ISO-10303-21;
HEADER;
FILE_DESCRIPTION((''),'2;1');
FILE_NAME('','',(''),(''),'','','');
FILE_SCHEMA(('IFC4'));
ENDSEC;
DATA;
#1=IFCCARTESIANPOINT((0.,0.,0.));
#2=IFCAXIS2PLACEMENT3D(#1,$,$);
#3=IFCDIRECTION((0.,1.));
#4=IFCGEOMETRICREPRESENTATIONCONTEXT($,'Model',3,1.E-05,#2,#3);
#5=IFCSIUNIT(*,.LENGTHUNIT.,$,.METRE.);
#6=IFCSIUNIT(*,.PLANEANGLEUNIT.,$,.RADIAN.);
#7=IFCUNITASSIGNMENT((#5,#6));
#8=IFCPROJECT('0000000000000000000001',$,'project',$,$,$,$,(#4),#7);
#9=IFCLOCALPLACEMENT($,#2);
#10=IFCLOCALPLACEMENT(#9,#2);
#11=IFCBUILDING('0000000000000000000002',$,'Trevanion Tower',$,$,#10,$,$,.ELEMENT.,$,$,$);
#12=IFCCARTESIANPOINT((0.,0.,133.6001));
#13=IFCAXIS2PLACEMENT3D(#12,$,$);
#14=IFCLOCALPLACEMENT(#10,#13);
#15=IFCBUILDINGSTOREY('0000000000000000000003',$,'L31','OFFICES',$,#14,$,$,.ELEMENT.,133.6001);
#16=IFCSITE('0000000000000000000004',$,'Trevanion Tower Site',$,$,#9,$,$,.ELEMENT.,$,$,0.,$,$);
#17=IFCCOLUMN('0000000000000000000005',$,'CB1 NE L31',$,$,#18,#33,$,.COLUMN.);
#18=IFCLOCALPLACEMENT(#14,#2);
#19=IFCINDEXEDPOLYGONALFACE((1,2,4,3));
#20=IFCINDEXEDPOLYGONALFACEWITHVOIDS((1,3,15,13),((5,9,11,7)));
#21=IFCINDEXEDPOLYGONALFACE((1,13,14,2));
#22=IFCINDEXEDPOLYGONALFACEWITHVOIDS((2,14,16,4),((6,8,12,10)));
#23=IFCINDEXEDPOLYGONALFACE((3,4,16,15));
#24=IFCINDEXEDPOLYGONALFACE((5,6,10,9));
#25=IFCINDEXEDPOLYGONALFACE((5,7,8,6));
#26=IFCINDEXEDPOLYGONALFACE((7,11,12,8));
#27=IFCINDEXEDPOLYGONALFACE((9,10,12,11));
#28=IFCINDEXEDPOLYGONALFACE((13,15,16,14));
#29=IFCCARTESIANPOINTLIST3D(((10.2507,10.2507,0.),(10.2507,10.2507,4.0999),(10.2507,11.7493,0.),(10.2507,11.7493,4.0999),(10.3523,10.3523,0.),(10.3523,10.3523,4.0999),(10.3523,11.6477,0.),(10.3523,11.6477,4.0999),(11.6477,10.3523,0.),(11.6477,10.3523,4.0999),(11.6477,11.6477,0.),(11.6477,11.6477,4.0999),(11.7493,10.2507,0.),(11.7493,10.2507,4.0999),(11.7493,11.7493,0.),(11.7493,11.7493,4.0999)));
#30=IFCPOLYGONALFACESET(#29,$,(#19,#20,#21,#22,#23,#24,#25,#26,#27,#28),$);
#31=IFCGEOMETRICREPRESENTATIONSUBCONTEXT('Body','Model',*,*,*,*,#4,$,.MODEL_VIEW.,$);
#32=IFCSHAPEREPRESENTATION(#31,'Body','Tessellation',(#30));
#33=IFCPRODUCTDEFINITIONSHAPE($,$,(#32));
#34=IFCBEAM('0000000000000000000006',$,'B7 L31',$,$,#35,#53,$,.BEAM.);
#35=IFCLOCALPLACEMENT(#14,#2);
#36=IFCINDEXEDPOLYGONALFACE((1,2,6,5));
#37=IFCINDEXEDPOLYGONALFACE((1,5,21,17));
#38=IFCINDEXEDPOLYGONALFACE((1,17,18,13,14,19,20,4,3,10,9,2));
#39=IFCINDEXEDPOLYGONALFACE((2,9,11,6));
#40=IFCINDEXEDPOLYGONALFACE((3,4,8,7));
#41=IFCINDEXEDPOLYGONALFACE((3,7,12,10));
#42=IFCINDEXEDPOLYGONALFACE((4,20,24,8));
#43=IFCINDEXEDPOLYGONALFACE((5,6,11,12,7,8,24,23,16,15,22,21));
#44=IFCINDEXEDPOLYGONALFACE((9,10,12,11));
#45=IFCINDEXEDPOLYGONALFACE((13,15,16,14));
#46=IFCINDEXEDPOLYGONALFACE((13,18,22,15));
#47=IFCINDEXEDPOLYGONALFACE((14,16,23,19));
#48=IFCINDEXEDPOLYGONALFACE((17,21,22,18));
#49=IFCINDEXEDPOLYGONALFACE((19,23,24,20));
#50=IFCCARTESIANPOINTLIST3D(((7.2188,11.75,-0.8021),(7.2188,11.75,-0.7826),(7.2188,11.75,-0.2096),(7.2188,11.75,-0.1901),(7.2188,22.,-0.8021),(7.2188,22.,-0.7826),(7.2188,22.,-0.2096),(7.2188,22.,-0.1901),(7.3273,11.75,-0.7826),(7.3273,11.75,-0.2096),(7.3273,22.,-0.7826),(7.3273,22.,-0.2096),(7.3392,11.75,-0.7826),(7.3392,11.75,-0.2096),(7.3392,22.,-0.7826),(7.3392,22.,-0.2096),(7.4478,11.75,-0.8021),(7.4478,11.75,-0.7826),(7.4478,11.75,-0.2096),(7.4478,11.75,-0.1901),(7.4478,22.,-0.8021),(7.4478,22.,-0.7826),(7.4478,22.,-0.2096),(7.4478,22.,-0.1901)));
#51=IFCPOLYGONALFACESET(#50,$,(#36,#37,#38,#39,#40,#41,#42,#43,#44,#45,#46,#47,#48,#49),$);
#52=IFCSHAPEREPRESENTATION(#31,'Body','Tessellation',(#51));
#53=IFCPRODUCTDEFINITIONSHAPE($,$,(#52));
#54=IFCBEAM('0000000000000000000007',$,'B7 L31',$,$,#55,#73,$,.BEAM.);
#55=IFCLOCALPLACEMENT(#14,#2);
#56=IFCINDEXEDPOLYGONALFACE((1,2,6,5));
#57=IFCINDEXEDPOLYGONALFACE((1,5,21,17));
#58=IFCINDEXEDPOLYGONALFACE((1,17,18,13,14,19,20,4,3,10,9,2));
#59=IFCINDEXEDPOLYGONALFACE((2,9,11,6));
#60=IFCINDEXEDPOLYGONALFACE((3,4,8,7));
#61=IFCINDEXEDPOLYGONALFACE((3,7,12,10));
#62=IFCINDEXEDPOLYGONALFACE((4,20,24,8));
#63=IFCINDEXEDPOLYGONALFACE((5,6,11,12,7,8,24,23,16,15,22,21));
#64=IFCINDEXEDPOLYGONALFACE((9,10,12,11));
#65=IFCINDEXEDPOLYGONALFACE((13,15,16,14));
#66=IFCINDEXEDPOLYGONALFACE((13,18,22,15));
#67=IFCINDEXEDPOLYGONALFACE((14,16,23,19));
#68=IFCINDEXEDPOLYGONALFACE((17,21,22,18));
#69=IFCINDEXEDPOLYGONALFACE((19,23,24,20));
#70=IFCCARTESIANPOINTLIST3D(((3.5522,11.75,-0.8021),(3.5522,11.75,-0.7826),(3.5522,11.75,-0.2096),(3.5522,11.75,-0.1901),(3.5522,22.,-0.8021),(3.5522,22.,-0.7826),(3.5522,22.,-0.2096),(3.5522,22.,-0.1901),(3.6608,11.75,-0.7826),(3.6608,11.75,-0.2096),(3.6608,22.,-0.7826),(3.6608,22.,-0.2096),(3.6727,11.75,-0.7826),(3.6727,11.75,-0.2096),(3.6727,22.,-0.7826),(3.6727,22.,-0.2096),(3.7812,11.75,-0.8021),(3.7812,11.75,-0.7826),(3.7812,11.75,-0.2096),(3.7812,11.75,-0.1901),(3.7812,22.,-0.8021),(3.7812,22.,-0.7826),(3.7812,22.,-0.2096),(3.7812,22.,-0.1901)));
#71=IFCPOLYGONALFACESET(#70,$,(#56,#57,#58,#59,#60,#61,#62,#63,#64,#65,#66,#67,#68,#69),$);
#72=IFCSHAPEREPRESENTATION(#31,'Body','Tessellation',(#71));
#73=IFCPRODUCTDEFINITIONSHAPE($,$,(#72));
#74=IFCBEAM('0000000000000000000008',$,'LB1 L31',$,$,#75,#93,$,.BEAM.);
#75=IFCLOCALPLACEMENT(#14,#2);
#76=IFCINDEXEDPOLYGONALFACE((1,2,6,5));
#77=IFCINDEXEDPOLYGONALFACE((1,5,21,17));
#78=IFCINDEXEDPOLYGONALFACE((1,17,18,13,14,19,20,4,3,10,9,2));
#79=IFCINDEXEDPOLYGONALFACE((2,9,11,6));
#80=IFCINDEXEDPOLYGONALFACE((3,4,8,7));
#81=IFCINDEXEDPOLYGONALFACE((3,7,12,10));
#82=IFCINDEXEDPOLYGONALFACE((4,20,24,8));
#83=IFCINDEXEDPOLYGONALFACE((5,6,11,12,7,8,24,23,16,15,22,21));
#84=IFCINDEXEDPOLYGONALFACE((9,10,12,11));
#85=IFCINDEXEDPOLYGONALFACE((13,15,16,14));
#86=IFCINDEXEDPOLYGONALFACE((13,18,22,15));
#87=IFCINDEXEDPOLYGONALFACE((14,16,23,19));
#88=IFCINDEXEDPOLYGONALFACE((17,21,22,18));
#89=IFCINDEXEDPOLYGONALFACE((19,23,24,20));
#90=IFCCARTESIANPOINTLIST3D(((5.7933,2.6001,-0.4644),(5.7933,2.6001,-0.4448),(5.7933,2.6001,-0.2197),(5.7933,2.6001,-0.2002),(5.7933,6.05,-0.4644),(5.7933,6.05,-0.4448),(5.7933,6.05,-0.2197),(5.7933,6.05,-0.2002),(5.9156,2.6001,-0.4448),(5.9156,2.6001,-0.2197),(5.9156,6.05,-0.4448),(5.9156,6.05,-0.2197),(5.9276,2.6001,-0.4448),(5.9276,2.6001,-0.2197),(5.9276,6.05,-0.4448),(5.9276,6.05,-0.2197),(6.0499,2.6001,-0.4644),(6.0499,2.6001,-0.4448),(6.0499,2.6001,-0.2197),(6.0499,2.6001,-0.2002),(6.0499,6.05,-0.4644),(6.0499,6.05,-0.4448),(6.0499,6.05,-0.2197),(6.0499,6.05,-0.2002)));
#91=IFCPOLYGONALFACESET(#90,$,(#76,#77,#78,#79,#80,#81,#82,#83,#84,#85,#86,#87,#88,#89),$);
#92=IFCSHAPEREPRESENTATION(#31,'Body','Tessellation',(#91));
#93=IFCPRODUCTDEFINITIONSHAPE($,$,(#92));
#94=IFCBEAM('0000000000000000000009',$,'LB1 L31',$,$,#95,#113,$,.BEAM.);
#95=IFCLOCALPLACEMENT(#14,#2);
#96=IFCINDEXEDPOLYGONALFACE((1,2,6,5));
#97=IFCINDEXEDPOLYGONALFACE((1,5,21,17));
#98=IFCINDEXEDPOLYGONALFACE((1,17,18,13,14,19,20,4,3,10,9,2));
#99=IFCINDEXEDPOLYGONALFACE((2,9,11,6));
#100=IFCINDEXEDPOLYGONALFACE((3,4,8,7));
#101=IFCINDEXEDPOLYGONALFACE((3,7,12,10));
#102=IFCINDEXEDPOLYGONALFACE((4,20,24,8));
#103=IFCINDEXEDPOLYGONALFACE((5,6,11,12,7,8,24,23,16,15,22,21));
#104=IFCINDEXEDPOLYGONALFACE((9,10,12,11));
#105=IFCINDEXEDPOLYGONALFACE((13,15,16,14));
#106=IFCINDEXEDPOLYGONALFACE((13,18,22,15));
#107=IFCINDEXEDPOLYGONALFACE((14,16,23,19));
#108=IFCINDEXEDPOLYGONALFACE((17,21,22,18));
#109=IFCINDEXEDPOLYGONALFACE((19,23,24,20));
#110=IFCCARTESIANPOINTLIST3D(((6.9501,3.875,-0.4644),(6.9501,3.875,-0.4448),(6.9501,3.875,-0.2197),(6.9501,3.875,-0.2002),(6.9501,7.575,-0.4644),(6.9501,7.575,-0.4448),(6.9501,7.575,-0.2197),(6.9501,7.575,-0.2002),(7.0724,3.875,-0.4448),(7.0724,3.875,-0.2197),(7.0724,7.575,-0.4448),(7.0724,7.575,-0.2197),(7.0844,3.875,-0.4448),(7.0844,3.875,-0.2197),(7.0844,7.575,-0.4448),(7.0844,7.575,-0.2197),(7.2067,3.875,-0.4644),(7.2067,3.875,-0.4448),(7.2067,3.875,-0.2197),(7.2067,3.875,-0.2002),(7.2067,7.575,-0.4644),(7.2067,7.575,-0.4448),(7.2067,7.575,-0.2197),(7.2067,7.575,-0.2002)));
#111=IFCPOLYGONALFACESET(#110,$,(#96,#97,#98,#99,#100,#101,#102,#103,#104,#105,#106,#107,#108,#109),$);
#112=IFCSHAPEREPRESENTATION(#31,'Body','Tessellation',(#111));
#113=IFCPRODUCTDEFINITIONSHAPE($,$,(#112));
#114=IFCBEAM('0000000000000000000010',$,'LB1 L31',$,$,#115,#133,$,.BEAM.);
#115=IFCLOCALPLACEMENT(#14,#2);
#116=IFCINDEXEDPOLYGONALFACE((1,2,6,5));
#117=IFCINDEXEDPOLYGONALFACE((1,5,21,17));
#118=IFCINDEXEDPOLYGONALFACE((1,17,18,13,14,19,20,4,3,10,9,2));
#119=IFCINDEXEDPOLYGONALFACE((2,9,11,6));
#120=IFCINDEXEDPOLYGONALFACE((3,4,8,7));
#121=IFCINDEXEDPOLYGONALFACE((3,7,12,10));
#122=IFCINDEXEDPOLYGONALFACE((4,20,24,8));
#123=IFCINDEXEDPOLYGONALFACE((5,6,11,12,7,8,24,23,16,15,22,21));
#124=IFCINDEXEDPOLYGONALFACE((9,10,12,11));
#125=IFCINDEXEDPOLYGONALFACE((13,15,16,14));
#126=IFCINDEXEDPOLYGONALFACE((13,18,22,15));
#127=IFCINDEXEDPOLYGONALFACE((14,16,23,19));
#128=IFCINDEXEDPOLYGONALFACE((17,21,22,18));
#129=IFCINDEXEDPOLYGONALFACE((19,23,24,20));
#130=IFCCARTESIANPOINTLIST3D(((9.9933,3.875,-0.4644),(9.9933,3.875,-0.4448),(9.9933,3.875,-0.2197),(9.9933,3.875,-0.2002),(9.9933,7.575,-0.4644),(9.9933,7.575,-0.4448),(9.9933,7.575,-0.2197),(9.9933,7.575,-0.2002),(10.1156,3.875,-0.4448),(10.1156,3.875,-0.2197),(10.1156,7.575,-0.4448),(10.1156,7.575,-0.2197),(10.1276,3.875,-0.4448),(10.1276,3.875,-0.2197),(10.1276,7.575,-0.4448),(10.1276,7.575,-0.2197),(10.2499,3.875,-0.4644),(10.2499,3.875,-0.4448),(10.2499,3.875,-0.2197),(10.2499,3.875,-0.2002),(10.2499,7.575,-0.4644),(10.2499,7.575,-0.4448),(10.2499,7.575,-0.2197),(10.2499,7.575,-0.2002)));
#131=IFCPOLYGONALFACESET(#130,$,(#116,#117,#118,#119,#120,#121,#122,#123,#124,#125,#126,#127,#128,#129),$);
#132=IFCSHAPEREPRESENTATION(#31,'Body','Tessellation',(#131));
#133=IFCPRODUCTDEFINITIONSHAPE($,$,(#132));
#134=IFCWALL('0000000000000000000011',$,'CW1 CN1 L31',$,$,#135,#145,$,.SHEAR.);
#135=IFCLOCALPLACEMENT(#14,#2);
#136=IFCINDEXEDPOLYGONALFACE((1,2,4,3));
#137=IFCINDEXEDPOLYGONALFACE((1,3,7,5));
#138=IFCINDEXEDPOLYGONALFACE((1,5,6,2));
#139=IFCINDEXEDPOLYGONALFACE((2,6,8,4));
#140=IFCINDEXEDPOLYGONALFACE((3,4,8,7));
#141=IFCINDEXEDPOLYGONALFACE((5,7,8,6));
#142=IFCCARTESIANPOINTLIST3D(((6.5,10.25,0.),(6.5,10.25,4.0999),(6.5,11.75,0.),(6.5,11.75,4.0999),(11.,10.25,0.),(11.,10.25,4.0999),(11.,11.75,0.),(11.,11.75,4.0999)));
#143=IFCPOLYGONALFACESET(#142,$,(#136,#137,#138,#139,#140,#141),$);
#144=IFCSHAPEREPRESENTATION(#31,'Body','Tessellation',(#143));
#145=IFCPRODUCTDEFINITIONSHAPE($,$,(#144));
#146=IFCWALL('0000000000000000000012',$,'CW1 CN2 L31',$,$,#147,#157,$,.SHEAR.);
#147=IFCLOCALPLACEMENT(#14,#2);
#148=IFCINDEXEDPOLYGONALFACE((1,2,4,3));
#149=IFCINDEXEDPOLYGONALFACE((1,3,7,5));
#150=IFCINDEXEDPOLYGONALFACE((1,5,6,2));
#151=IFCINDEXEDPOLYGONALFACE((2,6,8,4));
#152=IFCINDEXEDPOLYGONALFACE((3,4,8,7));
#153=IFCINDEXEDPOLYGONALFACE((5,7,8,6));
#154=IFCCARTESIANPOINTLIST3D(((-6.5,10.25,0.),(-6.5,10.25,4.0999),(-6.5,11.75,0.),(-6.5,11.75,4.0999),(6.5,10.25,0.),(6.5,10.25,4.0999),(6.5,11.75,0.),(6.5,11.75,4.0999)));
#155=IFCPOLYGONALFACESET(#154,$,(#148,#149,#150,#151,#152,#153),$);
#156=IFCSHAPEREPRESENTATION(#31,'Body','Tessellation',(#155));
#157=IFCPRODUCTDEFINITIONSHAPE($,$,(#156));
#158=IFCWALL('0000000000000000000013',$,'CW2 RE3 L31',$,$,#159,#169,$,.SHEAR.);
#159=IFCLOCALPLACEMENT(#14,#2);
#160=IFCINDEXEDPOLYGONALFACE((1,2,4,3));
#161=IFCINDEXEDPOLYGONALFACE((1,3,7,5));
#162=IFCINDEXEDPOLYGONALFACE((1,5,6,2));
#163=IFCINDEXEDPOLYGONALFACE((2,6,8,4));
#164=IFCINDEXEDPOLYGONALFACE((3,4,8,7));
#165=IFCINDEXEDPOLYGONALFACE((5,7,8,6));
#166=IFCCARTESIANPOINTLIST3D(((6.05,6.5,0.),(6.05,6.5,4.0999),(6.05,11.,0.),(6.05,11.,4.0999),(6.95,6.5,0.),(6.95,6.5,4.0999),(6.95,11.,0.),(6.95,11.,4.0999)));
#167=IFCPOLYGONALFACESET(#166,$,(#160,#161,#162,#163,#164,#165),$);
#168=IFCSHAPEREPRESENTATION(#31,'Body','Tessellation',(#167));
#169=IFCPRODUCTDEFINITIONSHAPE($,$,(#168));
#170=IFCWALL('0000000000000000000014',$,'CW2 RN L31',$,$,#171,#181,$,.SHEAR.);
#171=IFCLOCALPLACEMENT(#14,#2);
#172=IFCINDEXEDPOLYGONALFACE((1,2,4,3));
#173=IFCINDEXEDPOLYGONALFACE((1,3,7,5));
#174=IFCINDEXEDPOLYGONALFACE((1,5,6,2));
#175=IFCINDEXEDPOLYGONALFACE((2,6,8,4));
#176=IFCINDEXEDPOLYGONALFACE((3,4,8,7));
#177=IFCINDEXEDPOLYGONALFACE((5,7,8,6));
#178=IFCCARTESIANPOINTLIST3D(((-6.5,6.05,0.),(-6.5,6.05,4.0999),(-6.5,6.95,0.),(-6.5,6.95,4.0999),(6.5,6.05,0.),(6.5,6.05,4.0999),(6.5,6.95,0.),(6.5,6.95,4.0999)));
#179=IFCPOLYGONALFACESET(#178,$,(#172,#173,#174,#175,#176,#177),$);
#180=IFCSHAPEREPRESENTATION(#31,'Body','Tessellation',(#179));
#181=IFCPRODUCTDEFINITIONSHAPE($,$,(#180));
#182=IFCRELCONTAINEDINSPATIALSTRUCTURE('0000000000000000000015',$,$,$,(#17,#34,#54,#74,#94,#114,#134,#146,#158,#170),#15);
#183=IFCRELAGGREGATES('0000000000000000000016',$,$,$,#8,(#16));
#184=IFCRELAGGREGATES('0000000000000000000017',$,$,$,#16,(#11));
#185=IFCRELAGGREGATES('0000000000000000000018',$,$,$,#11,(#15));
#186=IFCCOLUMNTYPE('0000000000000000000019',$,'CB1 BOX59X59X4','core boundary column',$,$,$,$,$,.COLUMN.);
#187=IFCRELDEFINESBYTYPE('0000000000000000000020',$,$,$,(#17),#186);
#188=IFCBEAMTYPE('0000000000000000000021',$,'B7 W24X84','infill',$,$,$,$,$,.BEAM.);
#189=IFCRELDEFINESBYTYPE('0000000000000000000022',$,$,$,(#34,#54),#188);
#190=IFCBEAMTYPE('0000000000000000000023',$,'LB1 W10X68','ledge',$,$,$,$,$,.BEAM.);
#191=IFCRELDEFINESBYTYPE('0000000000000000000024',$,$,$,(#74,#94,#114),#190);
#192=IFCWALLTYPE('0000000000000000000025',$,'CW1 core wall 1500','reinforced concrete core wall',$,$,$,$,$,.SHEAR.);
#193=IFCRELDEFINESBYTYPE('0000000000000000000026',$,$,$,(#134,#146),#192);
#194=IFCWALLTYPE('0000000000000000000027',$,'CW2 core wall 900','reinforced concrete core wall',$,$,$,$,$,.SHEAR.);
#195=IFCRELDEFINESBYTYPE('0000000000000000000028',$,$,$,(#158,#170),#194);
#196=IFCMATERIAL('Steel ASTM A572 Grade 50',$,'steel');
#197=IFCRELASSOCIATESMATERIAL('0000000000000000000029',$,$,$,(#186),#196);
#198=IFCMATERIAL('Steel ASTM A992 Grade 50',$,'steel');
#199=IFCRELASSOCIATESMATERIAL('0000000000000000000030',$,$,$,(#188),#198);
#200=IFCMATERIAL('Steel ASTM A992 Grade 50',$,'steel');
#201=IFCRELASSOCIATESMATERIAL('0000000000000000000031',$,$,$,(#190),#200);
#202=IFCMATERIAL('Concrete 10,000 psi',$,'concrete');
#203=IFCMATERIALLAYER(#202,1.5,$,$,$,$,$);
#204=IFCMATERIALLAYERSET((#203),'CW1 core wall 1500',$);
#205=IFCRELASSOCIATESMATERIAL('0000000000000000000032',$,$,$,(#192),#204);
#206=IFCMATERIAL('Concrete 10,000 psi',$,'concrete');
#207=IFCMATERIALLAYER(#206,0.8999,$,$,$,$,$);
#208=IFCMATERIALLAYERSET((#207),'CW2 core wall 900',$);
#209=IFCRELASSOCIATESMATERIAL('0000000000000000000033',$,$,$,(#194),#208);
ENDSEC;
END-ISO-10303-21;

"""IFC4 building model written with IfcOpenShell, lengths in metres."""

from ifc_helpers import new_model, si_unit, direction, frame, frame_2d, origin, origin_2d, place, context, subcontext, project, spatial, rectangle, hollow_rectangle, i_section, extrude, material, layer, layer_set, material_profile, profile_set, type_object, element, save


model = new_model("IFC4")

# Units and contexts
model_context = context("Model", 3, precision=1e-05, world=origin(), true_north=direction((0.0, 1.0)))
body_context = subcontext(model_context, "Body", "Model", "MODEL_VIEW")
ifc_project = project(units=[si_unit("LENGTHUNIT", "METRE"), si_unit("PLANEANGLEUNIT", "RADIAN")], contexts=[model_context])

# Site, building, storey
site_placement = place(None, origin())
site = spatial("IfcSite", under=ifc_project, at=site_placement, Name="Trevanion Tower Site", CompositionType="ELEMENT", RefElevation=0.0)
building_placement = place(site_placement, origin())
building = spatial("IfcBuilding", under=site, at=building_placement, Name="Trevanion Tower", CompositionType="ELEMENT")
storey_placement = place(building_placement, frame((0.0, 0.0, 133.6001)))
storey = spatial("IfcBuildingStorey", under=building, at=storey_placement, Name="L31", Description="OFFICES", CompositionType="ELEMENT", Elevation=133.6001)

# Column
ifc_material_1 = material(Name="Steel ASTM A572 Grade 50", Category="steel")
ifc_material_profile_1 = material_profile(ifc_material_1, hollow_rectangle(XDim=1.4985, YDim=1.4985, WallThickness=0.1016, at=origin_2d()), Name="BOX59X59X4")
ifc_profile_set_1 = profile_set([ifc_material_profile_1], Name="Steel ASTM A572 Grade 50")
column_type = type_object("IfcColumnType", Name="CB1 BOX59X59X4", Description="core boundary column", PredefinedType="COLUMN", material=ifc_profile_set_1)
column_placement = place(storey_placement, frame((11.0, 11.0, 0.0), z_axis=(0.0, 0.0, 1.0), x_axis=(1.0, 0.0, 0.0)))
element("IfcColumn", 1, at=column_placement, inside=storey, type_object=column_type, Name="CB1 NE L31", PredefinedType="COLUMN", context=body_context, shape_type="SweptSolid", body=[
    extrude(hollow_rectangle(XDim=1.4985, YDim=1.4985, WallThickness=0.1016, at=origin_2d()), origin(), (0.0, 0.0, 1.0), 4.0999),
])

# Beams
ifc_material_2 = material(Name="Steel ASTM A992 Grade 50", Category="steel")
ifc_material_profile_2 = material_profile(ifc_material_2, i_section(OverallWidth=0.229, OverallDepth=0.6121, WebThickness=0.012, FlangeThickness=0.0195, at=origin_2d()), Name="W24X84")
ifc_profile_set_2 = profile_set([ifc_material_profile_2], Name="Steel ASTM A992 Grade 50")
beam_type_1 = type_object("IfcBeamType", Name="B7 W24X84", Description="infill", PredefinedType="BEAM", material=ifc_profile_set_2)
for number, where, z_axis, x_axis, name in (
    (2, (7.3333, 11.75, -0.4961), (0.0, 1.0, 0.0), (-1.0, 0.0, 0.0), "B7 L31"),
    (3, (3.6667, 11.75, -0.4961), (0.0, 1.0, 0.0), (-1.0, 0.0, 0.0), "B7 L31"),
):
    element("IfcBeam", number, at=place(storey_placement, frame(where, z_axis=z_axis, x_axis=x_axis)), inside=storey, type_object=beam_type_1, Name=name, PredefinedType="BEAM", context=body_context, shape_type="SweptSolid", body=[
        extrude(i_section(OverallWidth=0.229, OverallDepth=0.6121, WebThickness=0.012, FlangeThickness=0.0195, at=origin_2d()), origin(), (0.0, 0.0, 1.0), 10.25),
    ])
ifc_material_3 = material(Name="Steel ASTM A992 Grade 50", Category="steel")
ifc_material_profile_3 = material_profile(ifc_material_3, i_section(OverallWidth=0.2566, OverallDepth=0.2642, WebThickness=0.012, FlangeThickness=0.0195, at=origin_2d()), Name="W10X68")
ifc_profile_set_3 = profile_set([ifc_material_profile_3], Name="Steel ASTM A992 Grade 50")
beam_type_2 = type_object("IfcBeamType", Name="LB1 W10X68", Description="ledge", PredefinedType="BEAM", material=ifc_profile_set_3)
beam_placement = place(storey_placement, frame((5.9216, 2.6001, -0.3323), z_axis=(0.0, 1.0, 0.0), x_axis=(-1.0, 0.0, 0.0)))
element("IfcBeam", 4, at=beam_placement, inside=storey, type_object=beam_type_2, Name="LB1 L31", PredefinedType="BEAM", context=body_context, shape_type="SweptSolid", body=[
    extrude(i_section(OverallWidth=0.2566, OverallDepth=0.2642, WebThickness=0.012, FlangeThickness=0.0195, at=origin_2d()), origin(), (0.0, 0.0, 1.0), 3.45),
])
for number, where, z_axis, x_axis, name in (
    (5, (7.0784, 3.875, -0.3323), (0.0, 1.0, 0.0), (-1.0, 0.0, 0.0), "LB1 L31"),
    (6, (10.1216, 3.875, -0.3323), (0.0, 1.0, 0.0), (-1.0, 0.0, 0.0), "LB1 L31"),
):
    element("IfcBeam", number, at=place(storey_placement, frame(where, z_axis=z_axis, x_axis=x_axis)), inside=storey, type_object=beam_type_2, Name=name, PredefinedType="BEAM", context=body_context, shape_type="SweptSolid", body=[
        extrude(i_section(OverallWidth=0.2566, OverallDepth=0.2642, WebThickness=0.012, FlangeThickness=0.0195, at=origin_2d()), origin(), (0.0, 0.0, 1.0), 3.7),
    ])

# Walls
ifc_material_4 = material(Name="Concrete 10,000 psi", Category="concrete")
ifc_layer_1 = layer(ifc_material_4, 1.5)
ifc_layer_set_1 = layer_set([ifc_layer_1], Name="CW1 core wall 1500")
wall_type_1 = type_object("IfcWallType", Name="CW1 core wall 1500", Description="reinforced concrete core wall", PredefinedType="SHEAR", material=ifc_layer_set_1)
wall_1_placement = place(storey_placement, frame((11.0, 11.0, 0.0), z_axis=(0.0, 0.0, 1.0), x_axis=(-1.0, 0.0, 0.0)))
element("IfcWall", 7, at=wall_1_placement, inside=storey, type_object=wall_type_1, Name="CW1 CN1 L31", PredefinedType="SHEAR", context=body_context, shape_type="SweptSolid", body=[
    extrude(rectangle(XDim=4.5, YDim=1.5, at=frame_2d((2.25, 0.0))), origin(), (0.0, 0.0, 1.0), 4.0999),
])
wall_2_placement = place(storey_placement, frame((6.5, 11.0, 0.0), z_axis=(0.0, 0.0, 1.0), x_axis=(-1.0, 0.0, 0.0)))
element("IfcWall", 8, at=wall_2_placement, inside=storey, type_object=wall_type_1, Name="CW1 CN2 L31", PredefinedType="SHEAR", context=body_context, shape_type="SweptSolid", body=[
    extrude(rectangle(XDim=13.0, YDim=1.5, at=frame_2d((6.5, 0.0))), origin(), (0.0, 0.0, 1.0), 4.0999),
])
ifc_material_5 = material(Name="Concrete 10,000 psi", Category="concrete")
ifc_layer_2 = layer(ifc_material_5, 0.8999)
ifc_layer_set_2 = layer_set([ifc_layer_2], Name="CW2 core wall 900")
wall_type_2 = type_object("IfcWallType", Name="CW2 core wall 900", Description="reinforced concrete core wall", PredefinedType="SHEAR", material=ifc_layer_set_2)
wall_3_placement = place(storey_placement, frame((6.5, 6.5, 0.0), z_axis=(0.0, 0.0, 1.0), x_axis=(0.0, 1.0, 0.0)))
element("IfcWall", 9, at=wall_3_placement, inside=storey, type_object=wall_type_2, Name="CW2 RE3 L31", PredefinedType="SHEAR", context=body_context, shape_type="SweptSolid", body=[
    extrude(rectangle(XDim=4.5, YDim=0.8999, at=frame_2d((2.25, 0.0))), origin(), (0.0, 0.0, 1.0), 4.0999),
])
wall_4_placement = place(storey_placement, frame((6.5, 6.5, 0.0), z_axis=(0.0, 0.0, 1.0), x_axis=(-1.0, 0.0, 0.0)))
element("IfcWall", 10, at=wall_4_placement, inside=storey, type_object=wall_type_2, Name="CW2 RN L31", PredefinedType="SHEAR", context=body_context, shape_type="SweptSolid", body=[
    extrude(rectangle(XDim=13.0, YDim=0.8999, at=frame_2d((6.5, 0.0))), origin(), (0.0, 0.0, 1.0), 4.0999),
])

save(model, "model.ifc")
